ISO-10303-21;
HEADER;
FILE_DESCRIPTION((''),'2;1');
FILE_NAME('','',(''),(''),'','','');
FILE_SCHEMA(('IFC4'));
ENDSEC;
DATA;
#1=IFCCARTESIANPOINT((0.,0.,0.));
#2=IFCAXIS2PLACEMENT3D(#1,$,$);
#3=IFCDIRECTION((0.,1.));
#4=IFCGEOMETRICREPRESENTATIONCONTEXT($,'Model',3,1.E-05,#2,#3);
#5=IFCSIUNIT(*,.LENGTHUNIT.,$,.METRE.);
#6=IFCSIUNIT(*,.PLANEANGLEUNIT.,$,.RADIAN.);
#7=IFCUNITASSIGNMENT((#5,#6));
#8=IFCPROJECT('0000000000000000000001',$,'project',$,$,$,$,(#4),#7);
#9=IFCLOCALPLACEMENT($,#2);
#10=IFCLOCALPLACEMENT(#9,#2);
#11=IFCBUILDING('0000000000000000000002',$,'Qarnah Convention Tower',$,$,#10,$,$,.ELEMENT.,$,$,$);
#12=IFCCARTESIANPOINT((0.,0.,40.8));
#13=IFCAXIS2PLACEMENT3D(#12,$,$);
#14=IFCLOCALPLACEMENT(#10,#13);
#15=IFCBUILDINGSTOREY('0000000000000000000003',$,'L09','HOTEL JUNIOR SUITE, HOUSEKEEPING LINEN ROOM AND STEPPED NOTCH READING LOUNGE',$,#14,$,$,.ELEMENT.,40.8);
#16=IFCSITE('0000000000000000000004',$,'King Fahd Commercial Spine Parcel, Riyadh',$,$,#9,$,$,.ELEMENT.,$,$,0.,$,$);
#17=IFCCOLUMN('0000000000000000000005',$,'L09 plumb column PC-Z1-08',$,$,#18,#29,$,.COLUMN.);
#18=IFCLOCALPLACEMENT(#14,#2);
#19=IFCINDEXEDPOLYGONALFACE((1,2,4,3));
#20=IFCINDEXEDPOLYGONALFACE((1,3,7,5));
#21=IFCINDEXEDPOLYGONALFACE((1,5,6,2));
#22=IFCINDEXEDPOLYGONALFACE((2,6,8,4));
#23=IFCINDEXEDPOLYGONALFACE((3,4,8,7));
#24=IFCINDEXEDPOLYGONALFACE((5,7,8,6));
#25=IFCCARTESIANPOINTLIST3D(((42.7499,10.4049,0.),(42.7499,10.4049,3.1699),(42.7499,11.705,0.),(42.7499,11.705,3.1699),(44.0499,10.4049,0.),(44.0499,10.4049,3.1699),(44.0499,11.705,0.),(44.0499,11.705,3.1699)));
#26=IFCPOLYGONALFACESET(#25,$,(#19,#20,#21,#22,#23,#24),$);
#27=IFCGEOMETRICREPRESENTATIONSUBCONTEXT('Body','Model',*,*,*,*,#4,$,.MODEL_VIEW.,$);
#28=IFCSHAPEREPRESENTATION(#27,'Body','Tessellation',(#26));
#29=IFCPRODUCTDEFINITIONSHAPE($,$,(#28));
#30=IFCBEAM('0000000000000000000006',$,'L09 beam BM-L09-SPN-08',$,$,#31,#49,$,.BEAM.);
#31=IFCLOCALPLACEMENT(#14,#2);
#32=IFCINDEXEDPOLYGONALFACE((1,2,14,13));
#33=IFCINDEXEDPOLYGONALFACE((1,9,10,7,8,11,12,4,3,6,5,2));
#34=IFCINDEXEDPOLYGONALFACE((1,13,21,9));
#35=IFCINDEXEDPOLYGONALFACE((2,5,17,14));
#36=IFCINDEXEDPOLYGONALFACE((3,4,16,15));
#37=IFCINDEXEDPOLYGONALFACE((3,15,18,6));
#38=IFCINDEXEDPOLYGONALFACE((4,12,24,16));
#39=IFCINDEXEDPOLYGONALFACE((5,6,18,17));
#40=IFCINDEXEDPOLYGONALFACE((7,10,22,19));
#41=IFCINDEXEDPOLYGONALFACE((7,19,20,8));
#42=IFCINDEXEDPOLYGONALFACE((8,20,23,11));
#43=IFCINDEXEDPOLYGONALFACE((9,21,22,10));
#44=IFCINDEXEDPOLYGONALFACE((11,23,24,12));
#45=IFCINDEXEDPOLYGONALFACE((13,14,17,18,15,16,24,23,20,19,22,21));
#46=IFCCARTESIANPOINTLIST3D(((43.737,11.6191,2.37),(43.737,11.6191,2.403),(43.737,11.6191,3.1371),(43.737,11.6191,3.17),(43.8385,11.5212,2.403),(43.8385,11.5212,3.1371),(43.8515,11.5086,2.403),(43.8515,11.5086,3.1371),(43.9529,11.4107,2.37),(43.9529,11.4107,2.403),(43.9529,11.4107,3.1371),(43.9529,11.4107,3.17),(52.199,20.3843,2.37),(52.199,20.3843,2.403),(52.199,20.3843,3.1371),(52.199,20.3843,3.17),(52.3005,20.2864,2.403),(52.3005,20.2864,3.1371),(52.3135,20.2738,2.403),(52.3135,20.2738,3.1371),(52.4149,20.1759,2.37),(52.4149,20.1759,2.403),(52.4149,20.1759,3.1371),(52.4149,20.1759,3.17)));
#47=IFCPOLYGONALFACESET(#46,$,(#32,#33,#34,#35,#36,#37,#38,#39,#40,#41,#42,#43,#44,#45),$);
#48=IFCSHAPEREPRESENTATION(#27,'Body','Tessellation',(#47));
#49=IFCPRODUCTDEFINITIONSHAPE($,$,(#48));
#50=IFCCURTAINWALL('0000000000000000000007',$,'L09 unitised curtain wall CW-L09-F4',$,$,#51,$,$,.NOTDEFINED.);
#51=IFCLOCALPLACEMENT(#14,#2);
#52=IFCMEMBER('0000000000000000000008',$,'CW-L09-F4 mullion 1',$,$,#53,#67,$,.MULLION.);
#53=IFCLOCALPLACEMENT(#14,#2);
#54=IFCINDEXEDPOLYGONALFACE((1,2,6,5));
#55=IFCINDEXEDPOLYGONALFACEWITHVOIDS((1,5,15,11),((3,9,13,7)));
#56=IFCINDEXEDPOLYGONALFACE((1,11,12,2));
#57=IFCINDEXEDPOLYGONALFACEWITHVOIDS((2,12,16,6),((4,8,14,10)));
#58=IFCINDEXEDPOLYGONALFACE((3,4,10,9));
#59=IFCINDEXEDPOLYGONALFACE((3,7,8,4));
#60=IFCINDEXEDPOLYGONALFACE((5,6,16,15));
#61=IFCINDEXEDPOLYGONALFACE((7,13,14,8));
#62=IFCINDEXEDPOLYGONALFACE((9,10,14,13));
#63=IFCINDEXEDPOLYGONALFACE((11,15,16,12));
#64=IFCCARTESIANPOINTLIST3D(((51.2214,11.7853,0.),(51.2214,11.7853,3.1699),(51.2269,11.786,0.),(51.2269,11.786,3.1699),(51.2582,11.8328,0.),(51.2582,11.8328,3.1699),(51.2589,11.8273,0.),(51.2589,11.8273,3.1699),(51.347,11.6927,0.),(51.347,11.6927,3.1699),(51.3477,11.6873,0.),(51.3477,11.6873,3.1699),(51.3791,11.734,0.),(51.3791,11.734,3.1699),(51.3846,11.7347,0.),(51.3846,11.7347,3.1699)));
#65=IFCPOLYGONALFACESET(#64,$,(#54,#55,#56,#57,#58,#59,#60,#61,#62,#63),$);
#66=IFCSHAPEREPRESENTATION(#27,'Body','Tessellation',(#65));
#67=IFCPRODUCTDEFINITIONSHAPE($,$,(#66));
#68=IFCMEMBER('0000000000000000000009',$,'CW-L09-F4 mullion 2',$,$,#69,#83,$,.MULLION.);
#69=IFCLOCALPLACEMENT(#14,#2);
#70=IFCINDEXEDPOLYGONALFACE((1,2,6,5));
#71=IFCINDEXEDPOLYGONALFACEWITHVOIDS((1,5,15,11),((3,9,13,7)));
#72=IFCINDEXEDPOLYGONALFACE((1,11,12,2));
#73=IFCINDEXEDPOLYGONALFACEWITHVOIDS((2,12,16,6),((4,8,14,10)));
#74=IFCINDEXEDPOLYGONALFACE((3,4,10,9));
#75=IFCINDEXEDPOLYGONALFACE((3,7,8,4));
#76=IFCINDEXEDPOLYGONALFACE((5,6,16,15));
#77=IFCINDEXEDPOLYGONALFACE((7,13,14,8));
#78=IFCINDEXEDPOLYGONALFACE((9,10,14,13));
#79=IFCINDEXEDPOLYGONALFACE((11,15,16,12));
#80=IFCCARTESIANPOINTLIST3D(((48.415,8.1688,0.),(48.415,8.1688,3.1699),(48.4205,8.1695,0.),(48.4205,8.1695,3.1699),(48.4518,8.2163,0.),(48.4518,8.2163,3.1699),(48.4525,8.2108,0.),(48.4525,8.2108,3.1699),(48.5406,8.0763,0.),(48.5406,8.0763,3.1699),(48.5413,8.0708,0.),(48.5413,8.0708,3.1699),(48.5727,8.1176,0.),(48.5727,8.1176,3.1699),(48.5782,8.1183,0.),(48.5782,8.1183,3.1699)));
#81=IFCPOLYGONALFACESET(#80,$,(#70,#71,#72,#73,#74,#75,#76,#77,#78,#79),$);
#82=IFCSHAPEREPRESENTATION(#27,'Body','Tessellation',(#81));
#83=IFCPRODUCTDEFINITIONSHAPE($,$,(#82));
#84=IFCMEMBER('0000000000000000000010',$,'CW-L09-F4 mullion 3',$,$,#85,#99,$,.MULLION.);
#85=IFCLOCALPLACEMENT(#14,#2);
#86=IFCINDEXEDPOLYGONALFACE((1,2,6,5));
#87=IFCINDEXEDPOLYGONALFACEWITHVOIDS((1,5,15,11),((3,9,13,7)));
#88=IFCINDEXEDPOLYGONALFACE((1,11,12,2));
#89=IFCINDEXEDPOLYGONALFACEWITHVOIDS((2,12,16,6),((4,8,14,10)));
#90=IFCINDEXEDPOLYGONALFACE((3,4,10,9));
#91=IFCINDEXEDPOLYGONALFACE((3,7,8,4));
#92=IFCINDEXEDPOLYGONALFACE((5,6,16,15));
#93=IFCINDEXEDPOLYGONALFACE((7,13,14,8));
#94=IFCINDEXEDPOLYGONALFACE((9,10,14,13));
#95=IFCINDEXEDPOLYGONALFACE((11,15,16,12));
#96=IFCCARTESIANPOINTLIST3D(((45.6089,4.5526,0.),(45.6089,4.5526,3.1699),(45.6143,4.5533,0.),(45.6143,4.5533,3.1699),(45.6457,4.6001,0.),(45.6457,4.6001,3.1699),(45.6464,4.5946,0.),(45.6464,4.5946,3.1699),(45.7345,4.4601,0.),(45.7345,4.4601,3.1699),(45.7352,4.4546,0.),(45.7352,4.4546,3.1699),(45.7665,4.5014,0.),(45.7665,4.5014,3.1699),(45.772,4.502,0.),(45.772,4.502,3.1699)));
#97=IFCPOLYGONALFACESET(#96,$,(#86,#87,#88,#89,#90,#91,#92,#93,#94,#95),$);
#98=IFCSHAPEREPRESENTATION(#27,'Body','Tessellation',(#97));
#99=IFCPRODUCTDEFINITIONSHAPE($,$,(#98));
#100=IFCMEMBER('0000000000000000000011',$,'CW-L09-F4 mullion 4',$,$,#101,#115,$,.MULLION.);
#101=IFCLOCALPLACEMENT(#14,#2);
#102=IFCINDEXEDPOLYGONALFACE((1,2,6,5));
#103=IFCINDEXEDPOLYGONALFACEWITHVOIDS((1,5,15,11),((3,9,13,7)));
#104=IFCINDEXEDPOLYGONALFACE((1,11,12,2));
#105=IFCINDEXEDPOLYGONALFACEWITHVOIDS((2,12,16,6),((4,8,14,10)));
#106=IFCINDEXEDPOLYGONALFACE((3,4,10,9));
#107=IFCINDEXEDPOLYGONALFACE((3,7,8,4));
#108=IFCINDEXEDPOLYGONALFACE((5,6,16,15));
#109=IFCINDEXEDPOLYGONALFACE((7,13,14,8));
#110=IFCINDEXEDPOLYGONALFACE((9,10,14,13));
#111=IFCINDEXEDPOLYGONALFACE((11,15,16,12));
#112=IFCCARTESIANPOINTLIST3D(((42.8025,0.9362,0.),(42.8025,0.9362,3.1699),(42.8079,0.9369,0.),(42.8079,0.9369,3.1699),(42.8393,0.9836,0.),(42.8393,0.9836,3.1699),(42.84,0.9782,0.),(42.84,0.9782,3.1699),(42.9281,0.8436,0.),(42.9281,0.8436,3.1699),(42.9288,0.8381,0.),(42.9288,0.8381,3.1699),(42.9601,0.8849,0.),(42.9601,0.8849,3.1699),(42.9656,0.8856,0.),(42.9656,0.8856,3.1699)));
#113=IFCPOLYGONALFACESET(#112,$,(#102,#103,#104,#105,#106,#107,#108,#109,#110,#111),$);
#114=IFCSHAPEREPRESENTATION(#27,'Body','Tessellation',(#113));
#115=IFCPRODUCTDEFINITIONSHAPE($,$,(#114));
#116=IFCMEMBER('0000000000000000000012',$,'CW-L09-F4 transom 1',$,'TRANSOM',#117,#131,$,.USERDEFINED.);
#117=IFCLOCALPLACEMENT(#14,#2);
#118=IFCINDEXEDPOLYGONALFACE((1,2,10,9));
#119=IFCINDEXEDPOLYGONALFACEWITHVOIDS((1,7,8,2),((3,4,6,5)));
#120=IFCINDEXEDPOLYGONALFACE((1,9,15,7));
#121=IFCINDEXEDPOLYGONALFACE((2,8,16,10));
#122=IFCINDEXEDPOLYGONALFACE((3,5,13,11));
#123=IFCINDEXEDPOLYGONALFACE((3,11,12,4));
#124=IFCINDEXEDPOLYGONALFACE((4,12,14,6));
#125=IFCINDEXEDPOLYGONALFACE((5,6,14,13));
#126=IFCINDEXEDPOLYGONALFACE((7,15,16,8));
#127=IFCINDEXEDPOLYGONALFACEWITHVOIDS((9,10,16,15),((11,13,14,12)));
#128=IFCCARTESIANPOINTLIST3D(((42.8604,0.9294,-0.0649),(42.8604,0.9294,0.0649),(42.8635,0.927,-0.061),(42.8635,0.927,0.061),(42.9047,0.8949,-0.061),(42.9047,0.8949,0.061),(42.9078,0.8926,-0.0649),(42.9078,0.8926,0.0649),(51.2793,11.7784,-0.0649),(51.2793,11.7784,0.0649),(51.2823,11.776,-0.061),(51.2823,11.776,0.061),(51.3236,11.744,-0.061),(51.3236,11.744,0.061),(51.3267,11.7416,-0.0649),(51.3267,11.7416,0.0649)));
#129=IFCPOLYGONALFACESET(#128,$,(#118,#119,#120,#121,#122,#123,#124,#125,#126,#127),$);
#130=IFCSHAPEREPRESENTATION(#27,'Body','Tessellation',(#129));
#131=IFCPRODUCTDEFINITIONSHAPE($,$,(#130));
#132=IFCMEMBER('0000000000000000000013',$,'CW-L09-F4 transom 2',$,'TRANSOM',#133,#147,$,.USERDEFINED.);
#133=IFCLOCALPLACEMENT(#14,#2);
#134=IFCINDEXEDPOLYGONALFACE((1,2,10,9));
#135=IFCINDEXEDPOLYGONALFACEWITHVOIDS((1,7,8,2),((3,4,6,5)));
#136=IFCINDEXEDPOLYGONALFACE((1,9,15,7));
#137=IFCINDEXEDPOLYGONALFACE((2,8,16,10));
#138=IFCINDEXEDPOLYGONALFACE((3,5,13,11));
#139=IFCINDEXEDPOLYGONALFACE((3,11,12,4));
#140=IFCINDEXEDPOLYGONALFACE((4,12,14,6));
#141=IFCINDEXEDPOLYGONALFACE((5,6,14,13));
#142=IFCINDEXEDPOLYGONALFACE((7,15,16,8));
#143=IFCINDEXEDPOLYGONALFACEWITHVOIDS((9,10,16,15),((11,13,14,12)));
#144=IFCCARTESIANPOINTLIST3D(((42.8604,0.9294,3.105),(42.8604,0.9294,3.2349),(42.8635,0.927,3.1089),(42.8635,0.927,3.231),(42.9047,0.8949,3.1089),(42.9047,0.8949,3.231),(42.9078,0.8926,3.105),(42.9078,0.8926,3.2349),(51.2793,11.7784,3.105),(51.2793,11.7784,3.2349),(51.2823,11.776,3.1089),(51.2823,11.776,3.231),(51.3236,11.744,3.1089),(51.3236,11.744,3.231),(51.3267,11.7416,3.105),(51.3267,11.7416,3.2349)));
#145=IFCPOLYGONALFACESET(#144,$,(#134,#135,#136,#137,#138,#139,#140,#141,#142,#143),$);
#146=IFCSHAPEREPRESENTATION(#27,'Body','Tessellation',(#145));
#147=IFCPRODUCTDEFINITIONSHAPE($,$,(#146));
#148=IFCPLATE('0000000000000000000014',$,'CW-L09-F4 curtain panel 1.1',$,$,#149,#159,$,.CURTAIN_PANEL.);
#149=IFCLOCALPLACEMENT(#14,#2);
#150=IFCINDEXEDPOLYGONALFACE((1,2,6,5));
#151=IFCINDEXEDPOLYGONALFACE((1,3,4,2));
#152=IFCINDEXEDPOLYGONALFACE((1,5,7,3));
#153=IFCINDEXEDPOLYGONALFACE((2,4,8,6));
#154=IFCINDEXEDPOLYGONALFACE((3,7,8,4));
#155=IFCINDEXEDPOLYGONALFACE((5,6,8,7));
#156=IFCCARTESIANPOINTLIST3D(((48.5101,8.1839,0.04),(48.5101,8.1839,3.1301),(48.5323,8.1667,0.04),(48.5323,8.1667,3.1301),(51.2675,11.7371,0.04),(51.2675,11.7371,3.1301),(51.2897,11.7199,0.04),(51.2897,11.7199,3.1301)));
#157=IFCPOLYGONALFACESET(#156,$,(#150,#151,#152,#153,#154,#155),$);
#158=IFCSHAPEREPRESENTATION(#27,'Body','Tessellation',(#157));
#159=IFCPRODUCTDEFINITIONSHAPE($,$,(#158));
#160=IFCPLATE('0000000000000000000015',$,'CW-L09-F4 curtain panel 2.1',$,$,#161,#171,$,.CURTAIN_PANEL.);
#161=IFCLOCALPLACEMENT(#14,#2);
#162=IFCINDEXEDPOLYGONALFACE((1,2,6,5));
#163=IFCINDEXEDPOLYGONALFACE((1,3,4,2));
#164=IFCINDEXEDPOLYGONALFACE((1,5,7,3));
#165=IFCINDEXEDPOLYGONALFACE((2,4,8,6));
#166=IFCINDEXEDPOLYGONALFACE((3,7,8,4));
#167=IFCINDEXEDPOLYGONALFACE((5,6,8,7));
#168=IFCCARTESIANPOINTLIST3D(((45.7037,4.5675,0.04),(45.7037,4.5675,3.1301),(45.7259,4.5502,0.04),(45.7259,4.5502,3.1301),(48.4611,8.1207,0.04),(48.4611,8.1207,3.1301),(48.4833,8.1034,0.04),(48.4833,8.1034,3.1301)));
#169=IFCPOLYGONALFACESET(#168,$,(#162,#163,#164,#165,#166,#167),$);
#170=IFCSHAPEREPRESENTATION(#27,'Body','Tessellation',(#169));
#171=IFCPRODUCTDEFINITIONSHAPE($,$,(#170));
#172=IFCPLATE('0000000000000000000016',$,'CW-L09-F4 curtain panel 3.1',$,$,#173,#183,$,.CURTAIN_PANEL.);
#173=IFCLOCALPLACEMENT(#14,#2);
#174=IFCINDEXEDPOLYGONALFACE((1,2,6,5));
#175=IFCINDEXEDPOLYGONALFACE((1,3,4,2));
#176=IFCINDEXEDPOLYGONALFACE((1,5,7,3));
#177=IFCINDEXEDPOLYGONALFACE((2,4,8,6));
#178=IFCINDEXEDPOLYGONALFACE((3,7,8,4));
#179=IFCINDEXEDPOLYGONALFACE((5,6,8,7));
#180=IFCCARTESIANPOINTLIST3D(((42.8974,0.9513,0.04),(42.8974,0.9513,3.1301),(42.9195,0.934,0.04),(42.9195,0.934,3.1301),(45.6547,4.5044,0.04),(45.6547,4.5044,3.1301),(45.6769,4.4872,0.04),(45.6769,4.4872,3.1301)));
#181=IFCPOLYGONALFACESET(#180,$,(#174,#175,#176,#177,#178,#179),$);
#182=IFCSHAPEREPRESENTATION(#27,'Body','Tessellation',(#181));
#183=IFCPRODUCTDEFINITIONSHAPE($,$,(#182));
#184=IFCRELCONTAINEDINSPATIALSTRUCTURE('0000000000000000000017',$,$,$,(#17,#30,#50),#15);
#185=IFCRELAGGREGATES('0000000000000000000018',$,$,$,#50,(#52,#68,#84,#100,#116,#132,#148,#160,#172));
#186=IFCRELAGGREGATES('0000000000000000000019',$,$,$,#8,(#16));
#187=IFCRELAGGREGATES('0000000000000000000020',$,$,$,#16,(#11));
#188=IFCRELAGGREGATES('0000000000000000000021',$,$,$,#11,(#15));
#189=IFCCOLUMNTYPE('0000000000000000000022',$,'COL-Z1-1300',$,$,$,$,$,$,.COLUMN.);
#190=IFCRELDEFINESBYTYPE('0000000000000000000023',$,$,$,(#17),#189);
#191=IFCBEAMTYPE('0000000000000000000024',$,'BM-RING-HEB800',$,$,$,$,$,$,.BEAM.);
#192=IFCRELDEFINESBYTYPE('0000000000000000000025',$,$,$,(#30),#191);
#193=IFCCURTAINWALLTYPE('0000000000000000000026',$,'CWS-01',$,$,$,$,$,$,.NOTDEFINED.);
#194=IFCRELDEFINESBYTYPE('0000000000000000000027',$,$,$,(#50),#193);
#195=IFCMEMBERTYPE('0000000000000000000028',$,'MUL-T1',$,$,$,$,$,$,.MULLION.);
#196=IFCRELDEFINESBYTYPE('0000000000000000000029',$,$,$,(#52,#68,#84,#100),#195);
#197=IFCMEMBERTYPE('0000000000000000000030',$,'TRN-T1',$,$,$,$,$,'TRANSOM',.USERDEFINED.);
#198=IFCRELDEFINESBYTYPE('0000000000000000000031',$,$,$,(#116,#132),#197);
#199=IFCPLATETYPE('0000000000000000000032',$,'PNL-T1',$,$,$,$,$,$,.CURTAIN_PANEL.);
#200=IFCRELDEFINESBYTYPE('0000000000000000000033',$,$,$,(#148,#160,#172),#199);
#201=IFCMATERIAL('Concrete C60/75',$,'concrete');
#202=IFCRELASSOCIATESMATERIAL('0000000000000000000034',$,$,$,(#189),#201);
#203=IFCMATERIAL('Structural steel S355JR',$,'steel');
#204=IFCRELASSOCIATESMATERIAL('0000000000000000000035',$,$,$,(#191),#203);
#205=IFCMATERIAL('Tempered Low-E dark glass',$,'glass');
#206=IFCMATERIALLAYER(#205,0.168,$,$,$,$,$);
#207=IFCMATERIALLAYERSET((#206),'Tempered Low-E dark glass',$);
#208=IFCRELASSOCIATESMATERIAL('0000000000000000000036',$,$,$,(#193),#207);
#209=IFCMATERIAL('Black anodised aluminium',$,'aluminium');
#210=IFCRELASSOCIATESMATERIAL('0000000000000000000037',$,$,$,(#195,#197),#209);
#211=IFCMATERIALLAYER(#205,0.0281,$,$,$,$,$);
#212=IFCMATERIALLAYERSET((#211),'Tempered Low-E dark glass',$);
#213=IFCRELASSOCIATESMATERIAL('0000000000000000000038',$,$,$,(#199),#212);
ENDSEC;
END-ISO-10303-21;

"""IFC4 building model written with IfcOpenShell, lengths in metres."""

from ifc_helpers import new_model, si_unit, direction, frame, origin, origin_2d, place, context, subcontext, project, spatial, rectangle, hollow_rectangle, i_section, extrude, material, layer, layer_set, material_profile, profile_set, type_object, element, aggregate, save


model = new_model("IFC4")

# Units and contexts
model_context = context("Model", 3, precision=1e-05, world=origin(), true_north=direction((0.0, 1.0)))
body_context = subcontext(model_context, "Body", "Model", "MODEL_VIEW")
ifc_project = project(units=[si_unit("LENGTHUNIT", "METRE"), si_unit("PLANEANGLEUNIT", "RADIAN")], contexts=[model_context])

# Site, building, storey
site_placement = place(None, origin())
site = spatial("IfcSite", under=ifc_project, at=site_placement, Name="King Fahd Commercial Spine Parcel, Riyadh", CompositionType="ELEMENT", RefElevation=0.0)
building_placement = place(site_placement, origin())
building = spatial("IfcBuilding", under=site, at=building_placement, Name="Qarnah Convention Tower", CompositionType="ELEMENT")
storey_placement = place(building_placement, frame((0.0, 0.0, 40.8)))
storey = spatial("IfcBuildingStorey", under=building, at=storey_placement, Name="L09", Description="HOTEL JUNIOR SUITE, HOUSEKEEPING LINEN ROOM AND STEPPED NOTCH READING LOUNGE", CompositionType="ELEMENT", Elevation=40.8)

# Column
ifc_material_1 = material(Name="Concrete C60/75", Category="concrete")
ifc_material_profile_1 = material_profile(ifc_material_1, rectangle(XDim=1.3, YDim=1.3, at=origin_2d()), Name="RC-COL-1300X1300")
ifc_profile_set_1 = profile_set([ifc_material_profile_1], Name="Concrete C60/75")
column_type = type_object("IfcColumnType", Name="COL-Z1-1300", PredefinedType="COLUMN", material=ifc_profile_set_1)
column_placement = place(storey_placement, frame((43.3999, 11.0549, 0.0), z_axis=(0.0, 0.0, 1.0), x_axis=(1.0, 0.0, 0.0)))
element("IfcColumn", 1, at=column_placement, inside=storey, type_object=column_type, Name="L09 plumb column PC-Z1-08", PredefinedType="COLUMN", context=body_context, shape_type="SweptSolid", body=[
    extrude(rectangle(XDim=1.3, YDim=1.3, at=origin_2d()), origin(), (0.0, 0.0, 1.0), 3.1699),
])

# Beam
ifc_material_2 = material(Name="Structural steel S355JR", Category="steel")
ifc_material_profile_2 = material_profile(ifc_material_2, i_section(OverallWidth=0.3, OverallDepth=0.8, WebThickness=0.0181, FlangeThickness=0.033, at=origin_2d()), Name="HEB800")
ifc_profile_set_2 = profile_set([ifc_material_profile_2], Name="Structural steel S355JR")
beam_type = type_object("IfcBeamType", Name="BM-RING-HEB800", PredefinedType="BEAM", material=ifc_profile_set_2)
beam_placement = place(storey_placement, frame((43.845, 11.5149, 2.77), z_axis=(0.694553, 0.719442, 0.0), x_axis=(-0.719442, 0.694553, 0.0)))
element("IfcBeam", 2, at=beam_placement, inside=storey, type_object=beam_type, Name="L09 beam BM-L09-SPN-08", PredefinedType="BEAM", context=body_context, shape_type="SweptSolid", body=[
    extrude(i_section(OverallWidth=0.3, OverallDepth=0.8, WebThickness=0.0181, FlangeThickness=0.033, at=origin_2d()), origin(), (0.0, 0.0, 1.0), 12.1833),
])

# Curtain wall, members, plates
ifc_material_3 = material(Name="Tempered Low-E dark glass", Category="glass")
ifc_layer_1 = layer(ifc_material_3, 0.168)
ifc_layer_set_1 = layer_set([ifc_layer_1], Name="Tempered Low-E dark glass")
curtain_wall_type = type_object("IfcCurtainWallType", Name="CWS-01", PredefinedType="NOTDEFINED", material=ifc_layer_set_1)
curtain_wall_placement = place(storey_placement, origin())
curtain_wall = element("IfcCurtainWall", 3, at=curtain_wall_placement, inside=storey, type_object=curtain_wall_type, Name="L09 unitised curtain wall CW-L09-F4", PredefinedType="NOTDEFINED")
ifc_material_4 = material(Name="Black anodised aluminium", Category="aluminium")
ifc_material_profile_3 = material_profile(ifc_material_4, hollow_rectangle(XDim=0.0601, YDim=0.1599, WallThickness=0.0039, at=origin_2d()), Name="MUL-60X160")
ifc_profile_set_3 = profile_set([ifc_material_profile_3], Name="Black anodised aluminium")
member_type_1 = type_object("IfcMemberType", Name="MUL-T1", PredefinedType="MULLION", material=ifc_profile_set_3)
member_1_placement = place(storey_placement, frame((51.303, 11.76, 0.0), z_axis=(0.0, 0.0, 1.0), x_axis=(-0.613073, -0.790026, 0.0)))
member_1 = element("IfcMember", 4, at=member_1_placement, type_object=member_type_1, Name="CW-L09-F4 mullion 1", PredefinedType="MULLION", context=body_context, shape_type="SweptSolid", body=[
    extrude(hollow_rectangle(XDim=0.0601, YDim=0.1599, WallThickness=0.0039, at=origin_2d()), origin(), (0.0, 0.0, 1.0), 3.1699),
])
member_2_placement = place(storey_placement, frame((48.4966, 8.1436, 0.0), z_axis=(0.0, 0.0, 1.0), x_axis=(-0.613073, -0.790026, 0.0)))
member_2 = element("IfcMember", 5, at=member_2_placement, type_object=member_type_1, Name="CW-L09-F4 mullion 2", PredefinedType="MULLION", context=body_context, shape_type="SweptSolid", body=[
    extrude(hollow_rectangle(XDim=0.0601, YDim=0.1599, WallThickness=0.0039, at=origin_2d()), origin(), (0.0, 0.0, 1.0), 3.1699),
])
member_3_placement = place(storey_placement, frame((45.6904, 4.5273, 0.0), z_axis=(0.0, 0.0, 1.0), x_axis=(-0.613073, -0.790026, 0.0)))
member_3 = element("IfcMember", 6, at=member_3_placement, type_object=member_type_1, Name="CW-L09-F4 mullion 3", PredefinedType="MULLION", context=body_context, shape_type="SweptSolid", body=[
    extrude(hollow_rectangle(XDim=0.0601, YDim=0.1599, WallThickness=0.0039, at=origin_2d()), origin(), (0.0, 0.0, 1.0), 3.1699),
])
member_4_placement = place(storey_placement, frame((42.884, 0.9109, 0.0), z_axis=(0.0, 0.0, 1.0), x_axis=(-0.613073, -0.790026, 0.0)))
member_4 = element("IfcMember", 7, at=member_4_placement, type_object=member_type_1, Name="CW-L09-F4 mullion 4", PredefinedType="MULLION", context=body_context, shape_type="SweptSolid", body=[
    extrude(hollow_rectangle(XDim=0.0601, YDim=0.1599, WallThickness=0.0039, at=origin_2d()), origin(), (0.0, 0.0, 1.0), 3.1699),
])
ifc_material_profile_4 = material_profile(ifc_material_4, hollow_rectangle(XDim=0.0601, YDim=0.1299, WallThickness=0.0039, at=origin_2d()), Name="TRN-60X130")
ifc_profile_set_4 = profile_set([ifc_material_profile_4], Name="Black anodised aluminium")
member_type_2 = type_object("IfcMemberType", Name="TRN-T1", ElementType="TRANSOM", PredefinedType="USERDEFINED", material=ifc_profile_set_4)
member_5_placement = place(storey_placement, frame((51.303, 11.76, 0.0), z_axis=(-0.613066, -0.790031, 0.0), x_axis=(0.790031, -0.613066, 0.0)))
member_5 = element("IfcMember", 8, at=member_5_placement, type_object=member_type_2, Name="CW-L09-F4 transom 1", ObjectType="TRANSOM", PredefinedType="USERDEFINED", context=body_context, shape_type="SweptSolid", body=[
    extrude(hollow_rectangle(XDim=0.0601, YDim=0.1299, WallThickness=0.0039, at=origin_2d()), origin(), (0.0, 0.0, 1.0), 13.7324),
])
member_6_placement = place(storey_placement, frame((51.303, 11.76, 3.1699), z_axis=(-0.613066, -0.790031, 0.0), x_axis=(0.790031, -0.613066, 0.0)))
member_6 = element("IfcMember", 9, at=member_6_placement, type_object=member_type_2, Name="CW-L09-F4 transom 2", ObjectType="TRANSOM", PredefinedType="USERDEFINED", context=body_context, shape_type="SweptSolid", body=[
    extrude(hollow_rectangle(XDim=0.0601, YDim=0.1299, WallThickness=0.0039, at=origin_2d()), origin(), (0.0, 0.0, 1.0), 13.7324),
])
ifc_layer_2 = layer(ifc_material_3, 0.0281)
ifc_layer_set_2 = layer_set([ifc_layer_2], Name="Tempered Low-E dark glass")
plate_type = type_object("IfcPlateType", Name="PNL-T1", PredefinedType="CURTAIN_PANEL", material=ifc_layer_set_2)
plate_1_placement = place(storey_placement, frame((49.8999, 9.9519, 0.04), z_axis=(0.0, 0.0, 1.0), x_axis=(-0.613073, -0.790026, 0.0)))
plate_1 = element("IfcPlate", 10, at=plate_1_placement, type_object=plate_type, Name="CW-L09-F4 curtain panel 1.1", PredefinedType="CURTAIN_PANEL", context=body_context, shape_type="SweptSolid", body=[
    extrude(rectangle(XDim=4.4976, YDim=0.0281, at=origin_2d()), origin(), (0.0, 0.0, 1.0), 3.0901),
])
plate_2_placement = place(storey_placement, frame((47.0935, 6.3354, 0.04), z_axis=(0.0, 0.0, 1.0), x_axis=(-0.613073, -0.790026, 0.0)))
plate_2 = element("IfcPlate", 11, at=plate_2_placement, type_object=plate_type, Name="CW-L09-F4 curtain panel 2.1", PredefinedType="CURTAIN_PANEL", context=body_context, shape_type="SweptSolid", body=[
    extrude(rectangle(XDim=4.4976, YDim=0.0281, at=origin_2d()), origin(), (0.0, 0.0, 1.0), 3.0901),
])
plate_3_placement = place(storey_placement, frame((44.2871, 2.7192, 0.04), z_axis=(0.0, 0.0, 1.0), x_axis=(-0.613073, -0.790026, 0.0)))
plate_3 = element("IfcPlate", 12, at=plate_3_placement, type_object=plate_type, Name="CW-L09-F4 curtain panel 3.1", PredefinedType="CURTAIN_PANEL", context=body_context, shape_type="SweptSolid", body=[
    extrude(rectangle(XDim=4.4976, YDim=0.0281, at=origin_2d()), origin(), (0.0, 0.0, 1.0), 3.0901),
])
aggregate(curtain_wall, [member_1, member_2, member_3, member_4, member_5, member_6, plate_1, plate_2, plate_3])

save(model, "model.ifc")
